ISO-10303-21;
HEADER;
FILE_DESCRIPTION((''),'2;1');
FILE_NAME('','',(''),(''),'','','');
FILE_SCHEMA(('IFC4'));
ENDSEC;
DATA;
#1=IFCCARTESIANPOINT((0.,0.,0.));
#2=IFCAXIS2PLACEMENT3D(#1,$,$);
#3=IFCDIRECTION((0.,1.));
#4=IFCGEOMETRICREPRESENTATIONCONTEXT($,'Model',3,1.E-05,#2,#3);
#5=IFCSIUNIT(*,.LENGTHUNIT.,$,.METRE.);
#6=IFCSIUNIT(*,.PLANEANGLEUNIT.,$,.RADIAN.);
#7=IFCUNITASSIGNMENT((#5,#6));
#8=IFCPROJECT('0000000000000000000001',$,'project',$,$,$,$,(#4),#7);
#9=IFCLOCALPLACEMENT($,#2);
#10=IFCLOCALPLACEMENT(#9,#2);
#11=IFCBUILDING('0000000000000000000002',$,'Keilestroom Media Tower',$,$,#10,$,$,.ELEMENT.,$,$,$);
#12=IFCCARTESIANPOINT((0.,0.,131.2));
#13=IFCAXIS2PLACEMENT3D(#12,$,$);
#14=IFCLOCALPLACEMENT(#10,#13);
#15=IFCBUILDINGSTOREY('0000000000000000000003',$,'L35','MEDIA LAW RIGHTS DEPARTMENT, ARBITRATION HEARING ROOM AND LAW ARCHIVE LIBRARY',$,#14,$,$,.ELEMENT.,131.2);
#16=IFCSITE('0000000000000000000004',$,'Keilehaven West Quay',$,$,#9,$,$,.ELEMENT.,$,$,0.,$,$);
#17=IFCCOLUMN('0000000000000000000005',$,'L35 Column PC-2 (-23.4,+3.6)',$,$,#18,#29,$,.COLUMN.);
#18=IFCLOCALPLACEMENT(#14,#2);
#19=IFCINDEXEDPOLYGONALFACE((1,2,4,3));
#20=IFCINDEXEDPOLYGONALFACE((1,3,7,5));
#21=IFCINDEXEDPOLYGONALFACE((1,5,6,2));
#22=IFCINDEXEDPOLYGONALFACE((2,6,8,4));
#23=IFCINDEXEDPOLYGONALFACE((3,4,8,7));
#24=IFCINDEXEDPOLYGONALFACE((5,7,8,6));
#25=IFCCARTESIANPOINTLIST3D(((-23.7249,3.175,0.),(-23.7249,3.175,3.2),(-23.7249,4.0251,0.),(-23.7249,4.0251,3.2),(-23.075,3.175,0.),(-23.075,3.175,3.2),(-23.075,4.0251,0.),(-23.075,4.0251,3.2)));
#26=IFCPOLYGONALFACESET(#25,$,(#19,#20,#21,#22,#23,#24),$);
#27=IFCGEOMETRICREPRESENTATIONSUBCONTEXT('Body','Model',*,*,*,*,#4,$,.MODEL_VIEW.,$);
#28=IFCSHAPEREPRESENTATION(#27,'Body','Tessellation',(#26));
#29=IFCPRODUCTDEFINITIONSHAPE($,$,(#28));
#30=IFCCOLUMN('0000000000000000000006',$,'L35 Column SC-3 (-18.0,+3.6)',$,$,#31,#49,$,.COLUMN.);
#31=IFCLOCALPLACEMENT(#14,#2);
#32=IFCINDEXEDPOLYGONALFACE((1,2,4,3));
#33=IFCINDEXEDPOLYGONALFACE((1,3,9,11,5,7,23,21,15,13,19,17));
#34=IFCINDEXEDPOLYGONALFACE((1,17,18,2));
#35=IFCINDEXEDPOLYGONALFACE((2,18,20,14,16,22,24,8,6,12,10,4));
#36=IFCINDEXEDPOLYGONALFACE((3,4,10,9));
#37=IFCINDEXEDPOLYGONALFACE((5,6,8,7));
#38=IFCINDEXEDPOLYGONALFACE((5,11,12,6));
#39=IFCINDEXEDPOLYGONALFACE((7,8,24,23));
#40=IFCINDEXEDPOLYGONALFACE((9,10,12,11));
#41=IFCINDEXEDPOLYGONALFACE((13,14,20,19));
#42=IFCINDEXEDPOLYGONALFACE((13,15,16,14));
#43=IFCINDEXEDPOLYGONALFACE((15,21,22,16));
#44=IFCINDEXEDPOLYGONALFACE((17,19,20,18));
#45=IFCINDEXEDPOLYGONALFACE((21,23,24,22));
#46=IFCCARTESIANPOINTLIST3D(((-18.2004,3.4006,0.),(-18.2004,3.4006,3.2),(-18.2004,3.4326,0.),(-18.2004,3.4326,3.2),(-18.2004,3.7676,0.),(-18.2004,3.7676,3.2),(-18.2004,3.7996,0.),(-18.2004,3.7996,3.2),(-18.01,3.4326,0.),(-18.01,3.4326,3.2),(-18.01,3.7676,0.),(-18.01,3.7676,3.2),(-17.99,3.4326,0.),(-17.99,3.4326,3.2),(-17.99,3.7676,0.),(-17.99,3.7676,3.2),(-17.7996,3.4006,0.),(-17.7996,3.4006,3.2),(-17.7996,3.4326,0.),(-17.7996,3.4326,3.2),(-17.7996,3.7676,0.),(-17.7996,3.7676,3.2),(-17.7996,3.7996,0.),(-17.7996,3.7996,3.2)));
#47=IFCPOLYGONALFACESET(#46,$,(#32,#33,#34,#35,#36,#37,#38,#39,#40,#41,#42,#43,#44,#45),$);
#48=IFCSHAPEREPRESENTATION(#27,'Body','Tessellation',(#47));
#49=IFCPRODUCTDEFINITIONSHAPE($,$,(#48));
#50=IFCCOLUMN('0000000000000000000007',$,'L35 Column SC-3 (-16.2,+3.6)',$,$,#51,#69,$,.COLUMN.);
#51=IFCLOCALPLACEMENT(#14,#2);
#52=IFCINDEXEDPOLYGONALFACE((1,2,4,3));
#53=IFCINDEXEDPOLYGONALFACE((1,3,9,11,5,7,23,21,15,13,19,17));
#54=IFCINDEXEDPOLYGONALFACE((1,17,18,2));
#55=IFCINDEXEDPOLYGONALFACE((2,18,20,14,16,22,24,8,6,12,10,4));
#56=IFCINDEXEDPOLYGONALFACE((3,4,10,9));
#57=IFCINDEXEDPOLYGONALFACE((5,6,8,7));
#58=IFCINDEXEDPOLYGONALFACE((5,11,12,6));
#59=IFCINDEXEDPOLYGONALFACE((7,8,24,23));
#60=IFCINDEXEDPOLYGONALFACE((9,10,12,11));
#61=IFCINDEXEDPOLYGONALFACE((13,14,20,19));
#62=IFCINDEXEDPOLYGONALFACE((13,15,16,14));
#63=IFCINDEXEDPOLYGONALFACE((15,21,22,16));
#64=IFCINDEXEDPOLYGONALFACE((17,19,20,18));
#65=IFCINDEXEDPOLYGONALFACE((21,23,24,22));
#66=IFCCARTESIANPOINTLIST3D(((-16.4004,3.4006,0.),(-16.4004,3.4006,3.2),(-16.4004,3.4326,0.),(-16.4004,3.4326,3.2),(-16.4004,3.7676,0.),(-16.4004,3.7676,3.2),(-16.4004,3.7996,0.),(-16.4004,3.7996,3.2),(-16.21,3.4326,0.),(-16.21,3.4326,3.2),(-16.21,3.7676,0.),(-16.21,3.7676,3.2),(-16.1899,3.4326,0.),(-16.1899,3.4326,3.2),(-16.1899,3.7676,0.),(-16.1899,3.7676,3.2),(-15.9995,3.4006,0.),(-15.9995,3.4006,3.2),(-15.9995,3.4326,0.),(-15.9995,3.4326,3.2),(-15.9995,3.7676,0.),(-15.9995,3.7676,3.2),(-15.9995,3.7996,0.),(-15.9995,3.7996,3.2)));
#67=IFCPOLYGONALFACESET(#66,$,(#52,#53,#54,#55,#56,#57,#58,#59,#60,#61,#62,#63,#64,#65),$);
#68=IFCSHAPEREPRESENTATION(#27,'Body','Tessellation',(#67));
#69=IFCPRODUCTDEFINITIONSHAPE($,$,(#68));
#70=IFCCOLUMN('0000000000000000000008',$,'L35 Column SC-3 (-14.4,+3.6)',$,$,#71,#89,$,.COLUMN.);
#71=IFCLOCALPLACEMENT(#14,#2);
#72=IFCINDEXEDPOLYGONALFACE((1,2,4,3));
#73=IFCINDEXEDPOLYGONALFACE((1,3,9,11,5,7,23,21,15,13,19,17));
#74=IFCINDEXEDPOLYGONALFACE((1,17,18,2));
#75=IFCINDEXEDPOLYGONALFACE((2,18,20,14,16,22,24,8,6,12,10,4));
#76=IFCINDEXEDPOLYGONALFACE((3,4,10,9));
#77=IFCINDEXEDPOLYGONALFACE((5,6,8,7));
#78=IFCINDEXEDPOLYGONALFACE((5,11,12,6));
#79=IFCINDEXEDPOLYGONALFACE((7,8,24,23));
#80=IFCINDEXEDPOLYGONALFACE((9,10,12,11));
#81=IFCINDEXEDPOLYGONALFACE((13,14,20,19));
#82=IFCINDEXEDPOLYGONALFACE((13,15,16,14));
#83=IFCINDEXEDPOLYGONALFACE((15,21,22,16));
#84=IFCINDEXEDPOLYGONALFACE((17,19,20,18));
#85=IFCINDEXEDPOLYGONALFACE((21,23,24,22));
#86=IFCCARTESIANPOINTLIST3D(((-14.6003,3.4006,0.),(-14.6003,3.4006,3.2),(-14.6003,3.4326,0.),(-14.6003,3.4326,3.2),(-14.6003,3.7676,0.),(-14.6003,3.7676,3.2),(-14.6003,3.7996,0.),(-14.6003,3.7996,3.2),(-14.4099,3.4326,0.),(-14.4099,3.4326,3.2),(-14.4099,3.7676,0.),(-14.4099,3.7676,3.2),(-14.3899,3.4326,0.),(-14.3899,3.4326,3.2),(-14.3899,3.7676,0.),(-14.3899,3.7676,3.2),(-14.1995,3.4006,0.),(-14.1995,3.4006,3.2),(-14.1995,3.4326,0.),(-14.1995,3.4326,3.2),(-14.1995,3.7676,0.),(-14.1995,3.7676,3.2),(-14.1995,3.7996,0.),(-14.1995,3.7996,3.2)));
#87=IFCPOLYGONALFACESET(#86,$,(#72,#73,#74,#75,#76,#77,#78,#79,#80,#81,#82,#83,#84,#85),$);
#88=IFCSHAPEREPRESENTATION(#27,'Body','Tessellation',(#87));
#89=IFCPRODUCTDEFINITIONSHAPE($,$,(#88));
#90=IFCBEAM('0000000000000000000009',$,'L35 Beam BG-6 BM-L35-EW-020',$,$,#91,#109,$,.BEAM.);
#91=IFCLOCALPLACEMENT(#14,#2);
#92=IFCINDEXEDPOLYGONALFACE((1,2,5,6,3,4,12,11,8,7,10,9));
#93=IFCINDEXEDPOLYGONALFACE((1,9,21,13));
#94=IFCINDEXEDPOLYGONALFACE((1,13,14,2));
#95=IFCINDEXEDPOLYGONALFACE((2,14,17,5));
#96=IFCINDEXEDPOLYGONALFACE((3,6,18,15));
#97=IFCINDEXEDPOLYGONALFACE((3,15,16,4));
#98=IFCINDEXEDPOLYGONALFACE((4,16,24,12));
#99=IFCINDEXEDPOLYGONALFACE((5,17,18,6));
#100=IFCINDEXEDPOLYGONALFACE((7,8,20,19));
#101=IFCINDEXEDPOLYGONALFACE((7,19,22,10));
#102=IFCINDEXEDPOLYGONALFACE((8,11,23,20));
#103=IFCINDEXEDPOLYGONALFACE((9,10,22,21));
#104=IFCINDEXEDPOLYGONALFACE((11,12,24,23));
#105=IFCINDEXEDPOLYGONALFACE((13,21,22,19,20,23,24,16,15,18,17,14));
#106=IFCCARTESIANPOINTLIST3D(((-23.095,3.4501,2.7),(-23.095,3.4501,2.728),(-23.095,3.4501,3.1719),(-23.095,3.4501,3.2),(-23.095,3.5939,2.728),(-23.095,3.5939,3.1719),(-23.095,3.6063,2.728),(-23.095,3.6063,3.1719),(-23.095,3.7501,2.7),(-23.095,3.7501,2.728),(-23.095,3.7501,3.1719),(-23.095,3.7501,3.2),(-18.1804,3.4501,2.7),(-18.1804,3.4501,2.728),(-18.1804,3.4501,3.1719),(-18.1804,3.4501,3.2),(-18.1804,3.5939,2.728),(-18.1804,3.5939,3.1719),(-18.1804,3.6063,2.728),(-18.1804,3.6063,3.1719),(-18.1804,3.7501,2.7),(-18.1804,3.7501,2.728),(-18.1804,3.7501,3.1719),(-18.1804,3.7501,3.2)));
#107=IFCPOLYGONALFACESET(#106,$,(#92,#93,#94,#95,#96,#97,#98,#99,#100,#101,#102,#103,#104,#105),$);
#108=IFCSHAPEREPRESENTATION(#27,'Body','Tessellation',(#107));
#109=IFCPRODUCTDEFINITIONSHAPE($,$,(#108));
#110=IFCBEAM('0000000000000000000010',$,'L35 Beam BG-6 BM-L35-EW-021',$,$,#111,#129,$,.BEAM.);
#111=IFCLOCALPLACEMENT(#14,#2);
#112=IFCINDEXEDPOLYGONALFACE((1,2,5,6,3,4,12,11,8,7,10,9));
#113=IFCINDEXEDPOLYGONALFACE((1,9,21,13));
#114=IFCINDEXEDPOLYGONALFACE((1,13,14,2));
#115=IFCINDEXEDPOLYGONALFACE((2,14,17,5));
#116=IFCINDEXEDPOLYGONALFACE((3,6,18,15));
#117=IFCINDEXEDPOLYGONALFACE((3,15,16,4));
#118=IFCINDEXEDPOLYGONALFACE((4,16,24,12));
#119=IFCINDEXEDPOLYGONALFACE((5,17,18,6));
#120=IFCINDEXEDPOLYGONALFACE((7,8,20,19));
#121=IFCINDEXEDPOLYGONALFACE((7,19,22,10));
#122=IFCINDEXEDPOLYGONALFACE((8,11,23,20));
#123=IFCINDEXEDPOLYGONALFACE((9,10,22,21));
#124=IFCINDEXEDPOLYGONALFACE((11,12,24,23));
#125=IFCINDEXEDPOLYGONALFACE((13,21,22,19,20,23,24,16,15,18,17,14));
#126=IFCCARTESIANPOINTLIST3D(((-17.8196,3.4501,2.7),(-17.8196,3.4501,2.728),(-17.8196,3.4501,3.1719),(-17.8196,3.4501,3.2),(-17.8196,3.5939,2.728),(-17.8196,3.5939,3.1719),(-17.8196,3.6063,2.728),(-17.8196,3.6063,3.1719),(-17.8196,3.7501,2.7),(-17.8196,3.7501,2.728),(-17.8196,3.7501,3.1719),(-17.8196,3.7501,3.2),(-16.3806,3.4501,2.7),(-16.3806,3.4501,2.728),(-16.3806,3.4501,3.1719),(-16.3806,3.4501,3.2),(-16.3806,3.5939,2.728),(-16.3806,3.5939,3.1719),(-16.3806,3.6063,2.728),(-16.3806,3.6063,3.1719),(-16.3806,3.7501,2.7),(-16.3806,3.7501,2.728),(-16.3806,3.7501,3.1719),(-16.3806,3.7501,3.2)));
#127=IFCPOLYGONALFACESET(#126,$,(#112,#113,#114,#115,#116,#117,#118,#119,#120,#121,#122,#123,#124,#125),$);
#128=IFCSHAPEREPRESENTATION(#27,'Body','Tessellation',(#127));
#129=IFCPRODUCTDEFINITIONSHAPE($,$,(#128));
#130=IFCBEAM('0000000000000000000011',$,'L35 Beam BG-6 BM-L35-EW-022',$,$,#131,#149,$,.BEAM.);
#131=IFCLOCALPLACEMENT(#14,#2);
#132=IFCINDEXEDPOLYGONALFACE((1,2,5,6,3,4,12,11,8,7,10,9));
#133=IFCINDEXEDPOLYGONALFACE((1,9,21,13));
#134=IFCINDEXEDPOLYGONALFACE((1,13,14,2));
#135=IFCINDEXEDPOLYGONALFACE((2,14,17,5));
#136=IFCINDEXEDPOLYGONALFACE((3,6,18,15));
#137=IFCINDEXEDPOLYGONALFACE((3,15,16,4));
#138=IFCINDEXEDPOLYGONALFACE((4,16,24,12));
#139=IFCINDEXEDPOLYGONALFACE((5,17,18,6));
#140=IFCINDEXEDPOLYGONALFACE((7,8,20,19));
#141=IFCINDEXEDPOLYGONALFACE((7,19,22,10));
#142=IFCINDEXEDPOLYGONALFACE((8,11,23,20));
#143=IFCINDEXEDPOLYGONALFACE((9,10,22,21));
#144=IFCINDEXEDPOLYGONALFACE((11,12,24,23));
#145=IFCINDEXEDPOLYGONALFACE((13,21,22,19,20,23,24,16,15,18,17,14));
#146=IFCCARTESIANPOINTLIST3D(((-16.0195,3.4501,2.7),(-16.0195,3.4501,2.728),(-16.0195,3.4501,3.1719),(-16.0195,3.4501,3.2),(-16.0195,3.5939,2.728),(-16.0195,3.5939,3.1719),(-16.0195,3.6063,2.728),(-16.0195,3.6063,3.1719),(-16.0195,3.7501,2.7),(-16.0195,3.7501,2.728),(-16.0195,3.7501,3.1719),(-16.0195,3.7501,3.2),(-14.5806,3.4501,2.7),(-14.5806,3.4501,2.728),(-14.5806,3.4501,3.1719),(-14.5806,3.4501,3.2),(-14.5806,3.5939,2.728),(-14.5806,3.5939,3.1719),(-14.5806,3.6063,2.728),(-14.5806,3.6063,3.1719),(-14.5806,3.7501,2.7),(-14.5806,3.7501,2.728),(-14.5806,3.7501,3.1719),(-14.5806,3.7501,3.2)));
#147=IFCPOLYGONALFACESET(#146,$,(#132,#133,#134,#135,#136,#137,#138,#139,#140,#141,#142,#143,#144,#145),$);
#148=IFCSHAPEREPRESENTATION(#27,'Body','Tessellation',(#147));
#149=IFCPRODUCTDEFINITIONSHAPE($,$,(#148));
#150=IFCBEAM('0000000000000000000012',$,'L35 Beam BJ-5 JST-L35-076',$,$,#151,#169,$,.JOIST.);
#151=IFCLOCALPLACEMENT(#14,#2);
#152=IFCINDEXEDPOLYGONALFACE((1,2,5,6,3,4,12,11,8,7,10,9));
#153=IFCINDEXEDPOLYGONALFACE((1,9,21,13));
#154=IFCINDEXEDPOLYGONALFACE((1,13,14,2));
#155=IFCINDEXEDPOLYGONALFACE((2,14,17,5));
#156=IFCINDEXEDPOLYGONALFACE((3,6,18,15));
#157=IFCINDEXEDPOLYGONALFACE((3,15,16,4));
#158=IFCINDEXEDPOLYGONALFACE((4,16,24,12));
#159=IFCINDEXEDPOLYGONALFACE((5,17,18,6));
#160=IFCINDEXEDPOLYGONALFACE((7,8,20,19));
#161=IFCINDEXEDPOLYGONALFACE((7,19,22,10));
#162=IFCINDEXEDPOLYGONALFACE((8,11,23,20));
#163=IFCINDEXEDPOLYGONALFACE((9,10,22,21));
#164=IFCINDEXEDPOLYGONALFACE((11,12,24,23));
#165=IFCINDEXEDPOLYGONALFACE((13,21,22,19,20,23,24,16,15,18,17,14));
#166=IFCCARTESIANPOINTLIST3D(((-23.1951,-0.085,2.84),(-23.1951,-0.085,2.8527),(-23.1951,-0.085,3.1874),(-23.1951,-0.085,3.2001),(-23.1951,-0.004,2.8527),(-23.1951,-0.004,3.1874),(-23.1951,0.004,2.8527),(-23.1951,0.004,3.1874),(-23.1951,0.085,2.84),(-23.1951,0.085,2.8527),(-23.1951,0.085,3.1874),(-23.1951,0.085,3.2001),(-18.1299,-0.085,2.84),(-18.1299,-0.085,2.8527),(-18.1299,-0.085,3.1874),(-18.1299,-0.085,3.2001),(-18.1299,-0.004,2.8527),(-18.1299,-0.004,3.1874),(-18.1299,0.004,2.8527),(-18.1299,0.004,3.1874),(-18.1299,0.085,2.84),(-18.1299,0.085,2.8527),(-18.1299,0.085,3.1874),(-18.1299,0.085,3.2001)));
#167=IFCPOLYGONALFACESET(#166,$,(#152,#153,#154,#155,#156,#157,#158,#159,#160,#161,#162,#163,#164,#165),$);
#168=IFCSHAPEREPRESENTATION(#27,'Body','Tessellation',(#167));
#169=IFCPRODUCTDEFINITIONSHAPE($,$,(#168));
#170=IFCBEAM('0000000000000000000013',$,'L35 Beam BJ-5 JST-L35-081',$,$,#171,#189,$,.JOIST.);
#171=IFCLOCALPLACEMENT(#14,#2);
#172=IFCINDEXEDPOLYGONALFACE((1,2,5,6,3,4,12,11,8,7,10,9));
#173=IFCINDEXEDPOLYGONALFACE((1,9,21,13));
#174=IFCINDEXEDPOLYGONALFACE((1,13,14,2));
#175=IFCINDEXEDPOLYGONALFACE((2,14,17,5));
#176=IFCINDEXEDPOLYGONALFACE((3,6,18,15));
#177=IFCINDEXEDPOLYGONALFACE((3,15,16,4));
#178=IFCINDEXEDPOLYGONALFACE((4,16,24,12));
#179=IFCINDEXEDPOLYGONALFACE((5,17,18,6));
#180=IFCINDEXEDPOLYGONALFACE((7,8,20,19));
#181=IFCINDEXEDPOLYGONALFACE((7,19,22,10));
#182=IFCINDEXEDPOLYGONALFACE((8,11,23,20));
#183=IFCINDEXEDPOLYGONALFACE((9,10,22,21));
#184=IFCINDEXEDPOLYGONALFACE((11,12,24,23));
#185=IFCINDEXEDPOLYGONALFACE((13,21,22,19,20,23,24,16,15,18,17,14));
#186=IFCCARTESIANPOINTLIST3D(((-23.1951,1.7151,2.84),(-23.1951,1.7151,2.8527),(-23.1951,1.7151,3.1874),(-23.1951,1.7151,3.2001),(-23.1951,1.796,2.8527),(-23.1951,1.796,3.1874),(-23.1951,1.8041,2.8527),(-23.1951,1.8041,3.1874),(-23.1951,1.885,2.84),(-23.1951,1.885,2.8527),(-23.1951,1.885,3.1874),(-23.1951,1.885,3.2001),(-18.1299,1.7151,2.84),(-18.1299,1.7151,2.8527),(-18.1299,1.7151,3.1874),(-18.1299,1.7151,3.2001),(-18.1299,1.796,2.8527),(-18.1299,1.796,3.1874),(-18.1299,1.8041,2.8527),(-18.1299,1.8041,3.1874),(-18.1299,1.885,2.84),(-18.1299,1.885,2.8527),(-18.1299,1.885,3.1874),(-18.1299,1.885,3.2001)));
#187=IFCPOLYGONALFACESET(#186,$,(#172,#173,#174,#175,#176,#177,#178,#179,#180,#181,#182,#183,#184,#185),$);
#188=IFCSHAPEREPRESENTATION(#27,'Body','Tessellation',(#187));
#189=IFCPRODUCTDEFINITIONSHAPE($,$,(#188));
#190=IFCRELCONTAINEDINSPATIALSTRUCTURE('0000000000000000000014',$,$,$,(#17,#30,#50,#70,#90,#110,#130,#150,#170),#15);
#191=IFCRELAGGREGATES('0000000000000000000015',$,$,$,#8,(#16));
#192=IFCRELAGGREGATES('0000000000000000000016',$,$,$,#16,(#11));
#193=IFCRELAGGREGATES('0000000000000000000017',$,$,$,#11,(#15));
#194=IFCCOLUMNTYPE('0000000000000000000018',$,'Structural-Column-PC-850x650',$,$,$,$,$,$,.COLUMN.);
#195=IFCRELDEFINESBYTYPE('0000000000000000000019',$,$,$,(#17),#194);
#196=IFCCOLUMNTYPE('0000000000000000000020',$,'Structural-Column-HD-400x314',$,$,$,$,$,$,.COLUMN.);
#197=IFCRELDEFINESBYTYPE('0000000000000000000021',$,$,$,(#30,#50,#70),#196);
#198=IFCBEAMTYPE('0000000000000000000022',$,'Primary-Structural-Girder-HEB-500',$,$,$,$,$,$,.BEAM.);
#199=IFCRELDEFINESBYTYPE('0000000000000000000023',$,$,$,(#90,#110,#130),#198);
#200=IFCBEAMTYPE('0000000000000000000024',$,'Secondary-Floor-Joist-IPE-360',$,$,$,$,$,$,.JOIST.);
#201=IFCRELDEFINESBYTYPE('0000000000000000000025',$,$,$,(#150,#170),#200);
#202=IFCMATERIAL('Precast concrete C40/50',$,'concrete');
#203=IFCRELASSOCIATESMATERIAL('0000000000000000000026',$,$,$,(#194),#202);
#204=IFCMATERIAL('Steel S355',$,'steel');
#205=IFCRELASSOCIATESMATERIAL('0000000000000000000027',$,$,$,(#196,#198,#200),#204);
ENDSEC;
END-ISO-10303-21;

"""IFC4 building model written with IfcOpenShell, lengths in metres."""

from ifc_helpers import new_model, si_unit, direction, frame, origin, origin_2d, place, context, subcontext, project, spatial, rectangle, i_section, extrude, source, transform, mapped, material, material_profile, profile_set, type_object, element, save


model = new_model("IFC4")

# Units and contexts
model_context = context("Model", 3, precision=1e-05, world=origin(), true_north=direction((0.0, 1.0)))
body_context = subcontext(model_context, "Body", "Model", "MODEL_VIEW")
ifc_project = project(units=[si_unit("LENGTHUNIT", "METRE"), si_unit("PLANEANGLEUNIT", "RADIAN")], contexts=[model_context])

# Site, building, storey
site_placement = place(None, origin())
site = spatial("IfcSite", under=ifc_project, at=site_placement, Name="Keilehaven West Quay", CompositionType="ELEMENT", RefElevation=0.0)
building_placement = place(site_placement, origin())
building = spatial("IfcBuilding", under=site, at=building_placement, Name="Keilestroom Media Tower", CompositionType="ELEMENT")
storey_placement = place(building_placement, frame((0.0, 0.0, 131.2)))
storey = spatial("IfcBuildingStorey", under=building, at=storey_placement, Name="L35", Description="MEDIA LAW RIGHTS DEPARTMENT, ARBITRATION HEARING ROOM AND LAW ARCHIVE LIBRARY", CompositionType="ELEMENT", Elevation=131.2)

# Columns
ifc_material_1 = material(Name="Precast concrete C40/50", Category="concrete")
ifc_material_profile_1 = material_profile(ifc_material_1, rectangle(XDim=0.6499, YDim=0.8501, at=origin_2d()), Name="PC 850x650")
ifc_profile_set_1 = profile_set([ifc_material_profile_1], Name="Precast concrete C40/50")
column_type_1 = type_object("IfcColumnType", Name="Structural-Column-PC-850x650", PredefinedType="COLUMN", material=ifc_profile_set_1)
shared_shape_1 = source(origin(), body_context, "Body", "SweptSolid", [
    extrude(rectangle(XDim=0.6499, YDim=0.8501, at=origin_2d()), origin(), (0.0, 0.0, 1.0), 3.2),
])
column_placement = place(storey_placement, frame((-23.3999, 3.6001, 0.0), z_axis=(0.0, 0.0, 1.0), x_axis=(1.0, 0.0, 0.0)))
element("IfcColumn", 1, at=column_placement, inside=storey, type_object=column_type_1, Name="L35 Column PC-2 (-23.4,+3.6)", PredefinedType="COLUMN", context=body_context, shape_type="MappedRepresentation", body=[
    mapped(shared_shape_1, transform((0.0, 0.0, 0.0), x_axis=(1.0, 0.0, 0.0), y_axis=(0.0, 1.0, 0.0), z_axis=(0.0, 0.0, 1.0), scale=1.0)),
])
ifc_material_2 = material(Name="Steel S355", Category="steel")
ifc_material_profile_2 = material_profile(ifc_material_2, i_section(OverallWidth=0.4009, OverallDepth=0.3989, WebThickness=0.02, FlangeThickness=0.032, at=origin_2d()), Name="HD 400x314")
ifc_profile_set_2 = profile_set([ifc_material_profile_2], Name="Steel S355")
column_type_2 = type_object("IfcColumnType", Name="Structural-Column-HD-400x314", PredefinedType="COLUMN", material=ifc_profile_set_2)
shared_shape_2 = source(origin(), body_context, "Body", "SweptSolid", [
    extrude(i_section(OverallWidth=0.4009, OverallDepth=0.3989, WebThickness=0.02, FlangeThickness=0.032, at=origin_2d()), origin(), (0.0, 0.0, 1.0), 3.2),
])
for number, where, z_axis, x_axis, name in (
    (2, (-18.0, 3.6001, 0.0), (0.0, 0.0, 1.0), (1.0, 0.0, 0.0), "L35 Column SC-3 (-18.0,+3.6)"),
    (3, (-16.2, 3.6001, 0.0), (0.0, 0.0, 1.0), (1.0, 0.0, 0.0), "L35 Column SC-3 (-16.2,+3.6)"),
    (4, (-14.3999, 3.6001, 0.0), (0.0, 0.0, 1.0), (1.0, 0.0, 0.0), "L35 Column SC-3 (-14.4,+3.6)"),
):
    element("IfcColumn", number, at=place(storey_placement, frame(where, z_axis=z_axis, x_axis=x_axis)), inside=storey, type_object=column_type_2, Name=name, PredefinedType="COLUMN", context=body_context, shape_type="MappedRepresentation", body=[
        mapped(shared_shape_2, transform((0.0, 0.0, 0.0), x_axis=(1.0, 0.0, 0.0), y_axis=(0.0, 1.0, 0.0), z_axis=(0.0, 0.0, 1.0), scale=1.0)),
    ])

# Beams
ifc_material_profile_3 = material_profile(ifc_material_2, i_section(OverallWidth=0.3, OverallDepth=0.5, WebThickness=0.0125, FlangeThickness=0.0281, at=origin_2d()), Name="HEB 500")
ifc_profile_set_3 = profile_set([ifc_material_profile_3], Name="Steel S355")
beam_type_1 = type_object("IfcBeamType", Name="Primary-Structural-Girder-HEB-500", PredefinedType="BEAM", material=ifc_profile_set_3)
shared_shape_3 = source(origin(), body_context, "Body", "SweptSolid", [
    extrude(i_section(OverallWidth=0.3, OverallDepth=0.5, WebThickness=0.0125, FlangeThickness=0.0281, at=origin_2d()), origin(), (0.0, 0.0, 1.0), 4.9146),
])
beam_1_placement = place(storey_placement, frame((-23.095, 3.6001, 2.95), z_axis=(1.0, 0.0, 0.0), x_axis=(0.0, 1.0, 0.0)))
element("IfcBeam", 5, at=beam_1_placement, inside=storey, type_object=beam_type_1, Name="L35 Beam BG-6 BM-L35-EW-020", PredefinedType="BEAM", context=body_context, shape_type="MappedRepresentation", body=[
    mapped(shared_shape_3, transform((0.0, 0.0, 0.0), x_axis=(1.0, 0.0, 0.0), y_axis=(0.0, 1.0, 0.0), z_axis=(0.0, 0.0, 1.0), scale=1.0)),
])
shared_shape_4 = source(origin(), body_context, "Body", "SweptSolid", [
    extrude(i_section(OverallWidth=0.3, OverallDepth=0.5, WebThickness=0.0125, FlangeThickness=0.0281, at=origin_2d()), origin(), (0.0, 0.0, 1.0), 1.439),
])
for number, where, z_axis, x_axis, name in (
    (6, (-17.8196, 3.6001, 2.95), (1.0, 0.0, 0.0), (0.0, 1.0, 0.0), "L35 Beam BG-6 BM-L35-EW-021"),
    (7, (-16.0195, 3.6001, 2.95), (1.0, 0.0, 0.0), (0.0, 1.0, 0.0), "L35 Beam BG-6 BM-L35-EW-022"),
):
    element("IfcBeam", number, at=place(storey_placement, frame(where, z_axis=z_axis, x_axis=x_axis)), inside=storey, type_object=beam_type_1, Name=name, PredefinedType="BEAM", context=body_context, shape_type="MappedRepresentation", body=[
        mapped(shared_shape_4, transform((0.0, 0.0, 0.0), x_axis=(1.0, 0.0, 0.0), y_axis=(0.0, 1.0, 0.0), z_axis=(0.0, 0.0, 1.0), scale=1.0)),
    ])
ifc_material_profile_4 = material_profile(ifc_material_2, i_section(OverallWidth=0.1699, OverallDepth=0.3601, WebThickness=0.0081, FlangeThickness=0.0127, at=origin_2d()), Name="IPE 360")
ifc_profile_set_4 = profile_set([ifc_material_profile_4], Name="Steel S355")
beam_type_2 = type_object("IfcBeamType", Name="Secondary-Floor-Joist-IPE-360", PredefinedType="JOIST", material=ifc_profile_set_4)
shared_shape_5 = source(origin(), body_context, "Body", "SweptSolid", [
    extrude(i_section(OverallWidth=0.1699, OverallDepth=0.3601, WebThickness=0.0081, FlangeThickness=0.0127, at=origin_2d()), origin(), (0.0, 0.0, 1.0), 5.0652),
])
for number, where, z_axis, x_axis, name in (
    (8, (-23.1951, 0.0, 3.02), (1.0, 0.0, 0.0), (0.0, 1.0, 0.0), "L35 Beam BJ-5 JST-L35-076"),
    (9, (-23.1951, 1.8, 3.02), (1.0, 0.0, 0.0), (0.0, 1.0, 0.0), "L35 Beam BJ-5 JST-L35-081"),
):
    element("IfcBeam", number, at=place(storey_placement, frame(where, z_axis=z_axis, x_axis=x_axis)), inside=storey, type_object=beam_type_2, Name=name, PredefinedType="JOIST", context=body_context, shape_type="MappedRepresentation", body=[
        mapped(shared_shape_5, transform((0.0, 0.0, 0.0), x_axis=(1.0, 0.0, 0.0), y_axis=(0.0, 1.0, 0.0), z_axis=(0.0, 0.0, 1.0), scale=1.0)),
    ])

save(model, "model.ifc")
